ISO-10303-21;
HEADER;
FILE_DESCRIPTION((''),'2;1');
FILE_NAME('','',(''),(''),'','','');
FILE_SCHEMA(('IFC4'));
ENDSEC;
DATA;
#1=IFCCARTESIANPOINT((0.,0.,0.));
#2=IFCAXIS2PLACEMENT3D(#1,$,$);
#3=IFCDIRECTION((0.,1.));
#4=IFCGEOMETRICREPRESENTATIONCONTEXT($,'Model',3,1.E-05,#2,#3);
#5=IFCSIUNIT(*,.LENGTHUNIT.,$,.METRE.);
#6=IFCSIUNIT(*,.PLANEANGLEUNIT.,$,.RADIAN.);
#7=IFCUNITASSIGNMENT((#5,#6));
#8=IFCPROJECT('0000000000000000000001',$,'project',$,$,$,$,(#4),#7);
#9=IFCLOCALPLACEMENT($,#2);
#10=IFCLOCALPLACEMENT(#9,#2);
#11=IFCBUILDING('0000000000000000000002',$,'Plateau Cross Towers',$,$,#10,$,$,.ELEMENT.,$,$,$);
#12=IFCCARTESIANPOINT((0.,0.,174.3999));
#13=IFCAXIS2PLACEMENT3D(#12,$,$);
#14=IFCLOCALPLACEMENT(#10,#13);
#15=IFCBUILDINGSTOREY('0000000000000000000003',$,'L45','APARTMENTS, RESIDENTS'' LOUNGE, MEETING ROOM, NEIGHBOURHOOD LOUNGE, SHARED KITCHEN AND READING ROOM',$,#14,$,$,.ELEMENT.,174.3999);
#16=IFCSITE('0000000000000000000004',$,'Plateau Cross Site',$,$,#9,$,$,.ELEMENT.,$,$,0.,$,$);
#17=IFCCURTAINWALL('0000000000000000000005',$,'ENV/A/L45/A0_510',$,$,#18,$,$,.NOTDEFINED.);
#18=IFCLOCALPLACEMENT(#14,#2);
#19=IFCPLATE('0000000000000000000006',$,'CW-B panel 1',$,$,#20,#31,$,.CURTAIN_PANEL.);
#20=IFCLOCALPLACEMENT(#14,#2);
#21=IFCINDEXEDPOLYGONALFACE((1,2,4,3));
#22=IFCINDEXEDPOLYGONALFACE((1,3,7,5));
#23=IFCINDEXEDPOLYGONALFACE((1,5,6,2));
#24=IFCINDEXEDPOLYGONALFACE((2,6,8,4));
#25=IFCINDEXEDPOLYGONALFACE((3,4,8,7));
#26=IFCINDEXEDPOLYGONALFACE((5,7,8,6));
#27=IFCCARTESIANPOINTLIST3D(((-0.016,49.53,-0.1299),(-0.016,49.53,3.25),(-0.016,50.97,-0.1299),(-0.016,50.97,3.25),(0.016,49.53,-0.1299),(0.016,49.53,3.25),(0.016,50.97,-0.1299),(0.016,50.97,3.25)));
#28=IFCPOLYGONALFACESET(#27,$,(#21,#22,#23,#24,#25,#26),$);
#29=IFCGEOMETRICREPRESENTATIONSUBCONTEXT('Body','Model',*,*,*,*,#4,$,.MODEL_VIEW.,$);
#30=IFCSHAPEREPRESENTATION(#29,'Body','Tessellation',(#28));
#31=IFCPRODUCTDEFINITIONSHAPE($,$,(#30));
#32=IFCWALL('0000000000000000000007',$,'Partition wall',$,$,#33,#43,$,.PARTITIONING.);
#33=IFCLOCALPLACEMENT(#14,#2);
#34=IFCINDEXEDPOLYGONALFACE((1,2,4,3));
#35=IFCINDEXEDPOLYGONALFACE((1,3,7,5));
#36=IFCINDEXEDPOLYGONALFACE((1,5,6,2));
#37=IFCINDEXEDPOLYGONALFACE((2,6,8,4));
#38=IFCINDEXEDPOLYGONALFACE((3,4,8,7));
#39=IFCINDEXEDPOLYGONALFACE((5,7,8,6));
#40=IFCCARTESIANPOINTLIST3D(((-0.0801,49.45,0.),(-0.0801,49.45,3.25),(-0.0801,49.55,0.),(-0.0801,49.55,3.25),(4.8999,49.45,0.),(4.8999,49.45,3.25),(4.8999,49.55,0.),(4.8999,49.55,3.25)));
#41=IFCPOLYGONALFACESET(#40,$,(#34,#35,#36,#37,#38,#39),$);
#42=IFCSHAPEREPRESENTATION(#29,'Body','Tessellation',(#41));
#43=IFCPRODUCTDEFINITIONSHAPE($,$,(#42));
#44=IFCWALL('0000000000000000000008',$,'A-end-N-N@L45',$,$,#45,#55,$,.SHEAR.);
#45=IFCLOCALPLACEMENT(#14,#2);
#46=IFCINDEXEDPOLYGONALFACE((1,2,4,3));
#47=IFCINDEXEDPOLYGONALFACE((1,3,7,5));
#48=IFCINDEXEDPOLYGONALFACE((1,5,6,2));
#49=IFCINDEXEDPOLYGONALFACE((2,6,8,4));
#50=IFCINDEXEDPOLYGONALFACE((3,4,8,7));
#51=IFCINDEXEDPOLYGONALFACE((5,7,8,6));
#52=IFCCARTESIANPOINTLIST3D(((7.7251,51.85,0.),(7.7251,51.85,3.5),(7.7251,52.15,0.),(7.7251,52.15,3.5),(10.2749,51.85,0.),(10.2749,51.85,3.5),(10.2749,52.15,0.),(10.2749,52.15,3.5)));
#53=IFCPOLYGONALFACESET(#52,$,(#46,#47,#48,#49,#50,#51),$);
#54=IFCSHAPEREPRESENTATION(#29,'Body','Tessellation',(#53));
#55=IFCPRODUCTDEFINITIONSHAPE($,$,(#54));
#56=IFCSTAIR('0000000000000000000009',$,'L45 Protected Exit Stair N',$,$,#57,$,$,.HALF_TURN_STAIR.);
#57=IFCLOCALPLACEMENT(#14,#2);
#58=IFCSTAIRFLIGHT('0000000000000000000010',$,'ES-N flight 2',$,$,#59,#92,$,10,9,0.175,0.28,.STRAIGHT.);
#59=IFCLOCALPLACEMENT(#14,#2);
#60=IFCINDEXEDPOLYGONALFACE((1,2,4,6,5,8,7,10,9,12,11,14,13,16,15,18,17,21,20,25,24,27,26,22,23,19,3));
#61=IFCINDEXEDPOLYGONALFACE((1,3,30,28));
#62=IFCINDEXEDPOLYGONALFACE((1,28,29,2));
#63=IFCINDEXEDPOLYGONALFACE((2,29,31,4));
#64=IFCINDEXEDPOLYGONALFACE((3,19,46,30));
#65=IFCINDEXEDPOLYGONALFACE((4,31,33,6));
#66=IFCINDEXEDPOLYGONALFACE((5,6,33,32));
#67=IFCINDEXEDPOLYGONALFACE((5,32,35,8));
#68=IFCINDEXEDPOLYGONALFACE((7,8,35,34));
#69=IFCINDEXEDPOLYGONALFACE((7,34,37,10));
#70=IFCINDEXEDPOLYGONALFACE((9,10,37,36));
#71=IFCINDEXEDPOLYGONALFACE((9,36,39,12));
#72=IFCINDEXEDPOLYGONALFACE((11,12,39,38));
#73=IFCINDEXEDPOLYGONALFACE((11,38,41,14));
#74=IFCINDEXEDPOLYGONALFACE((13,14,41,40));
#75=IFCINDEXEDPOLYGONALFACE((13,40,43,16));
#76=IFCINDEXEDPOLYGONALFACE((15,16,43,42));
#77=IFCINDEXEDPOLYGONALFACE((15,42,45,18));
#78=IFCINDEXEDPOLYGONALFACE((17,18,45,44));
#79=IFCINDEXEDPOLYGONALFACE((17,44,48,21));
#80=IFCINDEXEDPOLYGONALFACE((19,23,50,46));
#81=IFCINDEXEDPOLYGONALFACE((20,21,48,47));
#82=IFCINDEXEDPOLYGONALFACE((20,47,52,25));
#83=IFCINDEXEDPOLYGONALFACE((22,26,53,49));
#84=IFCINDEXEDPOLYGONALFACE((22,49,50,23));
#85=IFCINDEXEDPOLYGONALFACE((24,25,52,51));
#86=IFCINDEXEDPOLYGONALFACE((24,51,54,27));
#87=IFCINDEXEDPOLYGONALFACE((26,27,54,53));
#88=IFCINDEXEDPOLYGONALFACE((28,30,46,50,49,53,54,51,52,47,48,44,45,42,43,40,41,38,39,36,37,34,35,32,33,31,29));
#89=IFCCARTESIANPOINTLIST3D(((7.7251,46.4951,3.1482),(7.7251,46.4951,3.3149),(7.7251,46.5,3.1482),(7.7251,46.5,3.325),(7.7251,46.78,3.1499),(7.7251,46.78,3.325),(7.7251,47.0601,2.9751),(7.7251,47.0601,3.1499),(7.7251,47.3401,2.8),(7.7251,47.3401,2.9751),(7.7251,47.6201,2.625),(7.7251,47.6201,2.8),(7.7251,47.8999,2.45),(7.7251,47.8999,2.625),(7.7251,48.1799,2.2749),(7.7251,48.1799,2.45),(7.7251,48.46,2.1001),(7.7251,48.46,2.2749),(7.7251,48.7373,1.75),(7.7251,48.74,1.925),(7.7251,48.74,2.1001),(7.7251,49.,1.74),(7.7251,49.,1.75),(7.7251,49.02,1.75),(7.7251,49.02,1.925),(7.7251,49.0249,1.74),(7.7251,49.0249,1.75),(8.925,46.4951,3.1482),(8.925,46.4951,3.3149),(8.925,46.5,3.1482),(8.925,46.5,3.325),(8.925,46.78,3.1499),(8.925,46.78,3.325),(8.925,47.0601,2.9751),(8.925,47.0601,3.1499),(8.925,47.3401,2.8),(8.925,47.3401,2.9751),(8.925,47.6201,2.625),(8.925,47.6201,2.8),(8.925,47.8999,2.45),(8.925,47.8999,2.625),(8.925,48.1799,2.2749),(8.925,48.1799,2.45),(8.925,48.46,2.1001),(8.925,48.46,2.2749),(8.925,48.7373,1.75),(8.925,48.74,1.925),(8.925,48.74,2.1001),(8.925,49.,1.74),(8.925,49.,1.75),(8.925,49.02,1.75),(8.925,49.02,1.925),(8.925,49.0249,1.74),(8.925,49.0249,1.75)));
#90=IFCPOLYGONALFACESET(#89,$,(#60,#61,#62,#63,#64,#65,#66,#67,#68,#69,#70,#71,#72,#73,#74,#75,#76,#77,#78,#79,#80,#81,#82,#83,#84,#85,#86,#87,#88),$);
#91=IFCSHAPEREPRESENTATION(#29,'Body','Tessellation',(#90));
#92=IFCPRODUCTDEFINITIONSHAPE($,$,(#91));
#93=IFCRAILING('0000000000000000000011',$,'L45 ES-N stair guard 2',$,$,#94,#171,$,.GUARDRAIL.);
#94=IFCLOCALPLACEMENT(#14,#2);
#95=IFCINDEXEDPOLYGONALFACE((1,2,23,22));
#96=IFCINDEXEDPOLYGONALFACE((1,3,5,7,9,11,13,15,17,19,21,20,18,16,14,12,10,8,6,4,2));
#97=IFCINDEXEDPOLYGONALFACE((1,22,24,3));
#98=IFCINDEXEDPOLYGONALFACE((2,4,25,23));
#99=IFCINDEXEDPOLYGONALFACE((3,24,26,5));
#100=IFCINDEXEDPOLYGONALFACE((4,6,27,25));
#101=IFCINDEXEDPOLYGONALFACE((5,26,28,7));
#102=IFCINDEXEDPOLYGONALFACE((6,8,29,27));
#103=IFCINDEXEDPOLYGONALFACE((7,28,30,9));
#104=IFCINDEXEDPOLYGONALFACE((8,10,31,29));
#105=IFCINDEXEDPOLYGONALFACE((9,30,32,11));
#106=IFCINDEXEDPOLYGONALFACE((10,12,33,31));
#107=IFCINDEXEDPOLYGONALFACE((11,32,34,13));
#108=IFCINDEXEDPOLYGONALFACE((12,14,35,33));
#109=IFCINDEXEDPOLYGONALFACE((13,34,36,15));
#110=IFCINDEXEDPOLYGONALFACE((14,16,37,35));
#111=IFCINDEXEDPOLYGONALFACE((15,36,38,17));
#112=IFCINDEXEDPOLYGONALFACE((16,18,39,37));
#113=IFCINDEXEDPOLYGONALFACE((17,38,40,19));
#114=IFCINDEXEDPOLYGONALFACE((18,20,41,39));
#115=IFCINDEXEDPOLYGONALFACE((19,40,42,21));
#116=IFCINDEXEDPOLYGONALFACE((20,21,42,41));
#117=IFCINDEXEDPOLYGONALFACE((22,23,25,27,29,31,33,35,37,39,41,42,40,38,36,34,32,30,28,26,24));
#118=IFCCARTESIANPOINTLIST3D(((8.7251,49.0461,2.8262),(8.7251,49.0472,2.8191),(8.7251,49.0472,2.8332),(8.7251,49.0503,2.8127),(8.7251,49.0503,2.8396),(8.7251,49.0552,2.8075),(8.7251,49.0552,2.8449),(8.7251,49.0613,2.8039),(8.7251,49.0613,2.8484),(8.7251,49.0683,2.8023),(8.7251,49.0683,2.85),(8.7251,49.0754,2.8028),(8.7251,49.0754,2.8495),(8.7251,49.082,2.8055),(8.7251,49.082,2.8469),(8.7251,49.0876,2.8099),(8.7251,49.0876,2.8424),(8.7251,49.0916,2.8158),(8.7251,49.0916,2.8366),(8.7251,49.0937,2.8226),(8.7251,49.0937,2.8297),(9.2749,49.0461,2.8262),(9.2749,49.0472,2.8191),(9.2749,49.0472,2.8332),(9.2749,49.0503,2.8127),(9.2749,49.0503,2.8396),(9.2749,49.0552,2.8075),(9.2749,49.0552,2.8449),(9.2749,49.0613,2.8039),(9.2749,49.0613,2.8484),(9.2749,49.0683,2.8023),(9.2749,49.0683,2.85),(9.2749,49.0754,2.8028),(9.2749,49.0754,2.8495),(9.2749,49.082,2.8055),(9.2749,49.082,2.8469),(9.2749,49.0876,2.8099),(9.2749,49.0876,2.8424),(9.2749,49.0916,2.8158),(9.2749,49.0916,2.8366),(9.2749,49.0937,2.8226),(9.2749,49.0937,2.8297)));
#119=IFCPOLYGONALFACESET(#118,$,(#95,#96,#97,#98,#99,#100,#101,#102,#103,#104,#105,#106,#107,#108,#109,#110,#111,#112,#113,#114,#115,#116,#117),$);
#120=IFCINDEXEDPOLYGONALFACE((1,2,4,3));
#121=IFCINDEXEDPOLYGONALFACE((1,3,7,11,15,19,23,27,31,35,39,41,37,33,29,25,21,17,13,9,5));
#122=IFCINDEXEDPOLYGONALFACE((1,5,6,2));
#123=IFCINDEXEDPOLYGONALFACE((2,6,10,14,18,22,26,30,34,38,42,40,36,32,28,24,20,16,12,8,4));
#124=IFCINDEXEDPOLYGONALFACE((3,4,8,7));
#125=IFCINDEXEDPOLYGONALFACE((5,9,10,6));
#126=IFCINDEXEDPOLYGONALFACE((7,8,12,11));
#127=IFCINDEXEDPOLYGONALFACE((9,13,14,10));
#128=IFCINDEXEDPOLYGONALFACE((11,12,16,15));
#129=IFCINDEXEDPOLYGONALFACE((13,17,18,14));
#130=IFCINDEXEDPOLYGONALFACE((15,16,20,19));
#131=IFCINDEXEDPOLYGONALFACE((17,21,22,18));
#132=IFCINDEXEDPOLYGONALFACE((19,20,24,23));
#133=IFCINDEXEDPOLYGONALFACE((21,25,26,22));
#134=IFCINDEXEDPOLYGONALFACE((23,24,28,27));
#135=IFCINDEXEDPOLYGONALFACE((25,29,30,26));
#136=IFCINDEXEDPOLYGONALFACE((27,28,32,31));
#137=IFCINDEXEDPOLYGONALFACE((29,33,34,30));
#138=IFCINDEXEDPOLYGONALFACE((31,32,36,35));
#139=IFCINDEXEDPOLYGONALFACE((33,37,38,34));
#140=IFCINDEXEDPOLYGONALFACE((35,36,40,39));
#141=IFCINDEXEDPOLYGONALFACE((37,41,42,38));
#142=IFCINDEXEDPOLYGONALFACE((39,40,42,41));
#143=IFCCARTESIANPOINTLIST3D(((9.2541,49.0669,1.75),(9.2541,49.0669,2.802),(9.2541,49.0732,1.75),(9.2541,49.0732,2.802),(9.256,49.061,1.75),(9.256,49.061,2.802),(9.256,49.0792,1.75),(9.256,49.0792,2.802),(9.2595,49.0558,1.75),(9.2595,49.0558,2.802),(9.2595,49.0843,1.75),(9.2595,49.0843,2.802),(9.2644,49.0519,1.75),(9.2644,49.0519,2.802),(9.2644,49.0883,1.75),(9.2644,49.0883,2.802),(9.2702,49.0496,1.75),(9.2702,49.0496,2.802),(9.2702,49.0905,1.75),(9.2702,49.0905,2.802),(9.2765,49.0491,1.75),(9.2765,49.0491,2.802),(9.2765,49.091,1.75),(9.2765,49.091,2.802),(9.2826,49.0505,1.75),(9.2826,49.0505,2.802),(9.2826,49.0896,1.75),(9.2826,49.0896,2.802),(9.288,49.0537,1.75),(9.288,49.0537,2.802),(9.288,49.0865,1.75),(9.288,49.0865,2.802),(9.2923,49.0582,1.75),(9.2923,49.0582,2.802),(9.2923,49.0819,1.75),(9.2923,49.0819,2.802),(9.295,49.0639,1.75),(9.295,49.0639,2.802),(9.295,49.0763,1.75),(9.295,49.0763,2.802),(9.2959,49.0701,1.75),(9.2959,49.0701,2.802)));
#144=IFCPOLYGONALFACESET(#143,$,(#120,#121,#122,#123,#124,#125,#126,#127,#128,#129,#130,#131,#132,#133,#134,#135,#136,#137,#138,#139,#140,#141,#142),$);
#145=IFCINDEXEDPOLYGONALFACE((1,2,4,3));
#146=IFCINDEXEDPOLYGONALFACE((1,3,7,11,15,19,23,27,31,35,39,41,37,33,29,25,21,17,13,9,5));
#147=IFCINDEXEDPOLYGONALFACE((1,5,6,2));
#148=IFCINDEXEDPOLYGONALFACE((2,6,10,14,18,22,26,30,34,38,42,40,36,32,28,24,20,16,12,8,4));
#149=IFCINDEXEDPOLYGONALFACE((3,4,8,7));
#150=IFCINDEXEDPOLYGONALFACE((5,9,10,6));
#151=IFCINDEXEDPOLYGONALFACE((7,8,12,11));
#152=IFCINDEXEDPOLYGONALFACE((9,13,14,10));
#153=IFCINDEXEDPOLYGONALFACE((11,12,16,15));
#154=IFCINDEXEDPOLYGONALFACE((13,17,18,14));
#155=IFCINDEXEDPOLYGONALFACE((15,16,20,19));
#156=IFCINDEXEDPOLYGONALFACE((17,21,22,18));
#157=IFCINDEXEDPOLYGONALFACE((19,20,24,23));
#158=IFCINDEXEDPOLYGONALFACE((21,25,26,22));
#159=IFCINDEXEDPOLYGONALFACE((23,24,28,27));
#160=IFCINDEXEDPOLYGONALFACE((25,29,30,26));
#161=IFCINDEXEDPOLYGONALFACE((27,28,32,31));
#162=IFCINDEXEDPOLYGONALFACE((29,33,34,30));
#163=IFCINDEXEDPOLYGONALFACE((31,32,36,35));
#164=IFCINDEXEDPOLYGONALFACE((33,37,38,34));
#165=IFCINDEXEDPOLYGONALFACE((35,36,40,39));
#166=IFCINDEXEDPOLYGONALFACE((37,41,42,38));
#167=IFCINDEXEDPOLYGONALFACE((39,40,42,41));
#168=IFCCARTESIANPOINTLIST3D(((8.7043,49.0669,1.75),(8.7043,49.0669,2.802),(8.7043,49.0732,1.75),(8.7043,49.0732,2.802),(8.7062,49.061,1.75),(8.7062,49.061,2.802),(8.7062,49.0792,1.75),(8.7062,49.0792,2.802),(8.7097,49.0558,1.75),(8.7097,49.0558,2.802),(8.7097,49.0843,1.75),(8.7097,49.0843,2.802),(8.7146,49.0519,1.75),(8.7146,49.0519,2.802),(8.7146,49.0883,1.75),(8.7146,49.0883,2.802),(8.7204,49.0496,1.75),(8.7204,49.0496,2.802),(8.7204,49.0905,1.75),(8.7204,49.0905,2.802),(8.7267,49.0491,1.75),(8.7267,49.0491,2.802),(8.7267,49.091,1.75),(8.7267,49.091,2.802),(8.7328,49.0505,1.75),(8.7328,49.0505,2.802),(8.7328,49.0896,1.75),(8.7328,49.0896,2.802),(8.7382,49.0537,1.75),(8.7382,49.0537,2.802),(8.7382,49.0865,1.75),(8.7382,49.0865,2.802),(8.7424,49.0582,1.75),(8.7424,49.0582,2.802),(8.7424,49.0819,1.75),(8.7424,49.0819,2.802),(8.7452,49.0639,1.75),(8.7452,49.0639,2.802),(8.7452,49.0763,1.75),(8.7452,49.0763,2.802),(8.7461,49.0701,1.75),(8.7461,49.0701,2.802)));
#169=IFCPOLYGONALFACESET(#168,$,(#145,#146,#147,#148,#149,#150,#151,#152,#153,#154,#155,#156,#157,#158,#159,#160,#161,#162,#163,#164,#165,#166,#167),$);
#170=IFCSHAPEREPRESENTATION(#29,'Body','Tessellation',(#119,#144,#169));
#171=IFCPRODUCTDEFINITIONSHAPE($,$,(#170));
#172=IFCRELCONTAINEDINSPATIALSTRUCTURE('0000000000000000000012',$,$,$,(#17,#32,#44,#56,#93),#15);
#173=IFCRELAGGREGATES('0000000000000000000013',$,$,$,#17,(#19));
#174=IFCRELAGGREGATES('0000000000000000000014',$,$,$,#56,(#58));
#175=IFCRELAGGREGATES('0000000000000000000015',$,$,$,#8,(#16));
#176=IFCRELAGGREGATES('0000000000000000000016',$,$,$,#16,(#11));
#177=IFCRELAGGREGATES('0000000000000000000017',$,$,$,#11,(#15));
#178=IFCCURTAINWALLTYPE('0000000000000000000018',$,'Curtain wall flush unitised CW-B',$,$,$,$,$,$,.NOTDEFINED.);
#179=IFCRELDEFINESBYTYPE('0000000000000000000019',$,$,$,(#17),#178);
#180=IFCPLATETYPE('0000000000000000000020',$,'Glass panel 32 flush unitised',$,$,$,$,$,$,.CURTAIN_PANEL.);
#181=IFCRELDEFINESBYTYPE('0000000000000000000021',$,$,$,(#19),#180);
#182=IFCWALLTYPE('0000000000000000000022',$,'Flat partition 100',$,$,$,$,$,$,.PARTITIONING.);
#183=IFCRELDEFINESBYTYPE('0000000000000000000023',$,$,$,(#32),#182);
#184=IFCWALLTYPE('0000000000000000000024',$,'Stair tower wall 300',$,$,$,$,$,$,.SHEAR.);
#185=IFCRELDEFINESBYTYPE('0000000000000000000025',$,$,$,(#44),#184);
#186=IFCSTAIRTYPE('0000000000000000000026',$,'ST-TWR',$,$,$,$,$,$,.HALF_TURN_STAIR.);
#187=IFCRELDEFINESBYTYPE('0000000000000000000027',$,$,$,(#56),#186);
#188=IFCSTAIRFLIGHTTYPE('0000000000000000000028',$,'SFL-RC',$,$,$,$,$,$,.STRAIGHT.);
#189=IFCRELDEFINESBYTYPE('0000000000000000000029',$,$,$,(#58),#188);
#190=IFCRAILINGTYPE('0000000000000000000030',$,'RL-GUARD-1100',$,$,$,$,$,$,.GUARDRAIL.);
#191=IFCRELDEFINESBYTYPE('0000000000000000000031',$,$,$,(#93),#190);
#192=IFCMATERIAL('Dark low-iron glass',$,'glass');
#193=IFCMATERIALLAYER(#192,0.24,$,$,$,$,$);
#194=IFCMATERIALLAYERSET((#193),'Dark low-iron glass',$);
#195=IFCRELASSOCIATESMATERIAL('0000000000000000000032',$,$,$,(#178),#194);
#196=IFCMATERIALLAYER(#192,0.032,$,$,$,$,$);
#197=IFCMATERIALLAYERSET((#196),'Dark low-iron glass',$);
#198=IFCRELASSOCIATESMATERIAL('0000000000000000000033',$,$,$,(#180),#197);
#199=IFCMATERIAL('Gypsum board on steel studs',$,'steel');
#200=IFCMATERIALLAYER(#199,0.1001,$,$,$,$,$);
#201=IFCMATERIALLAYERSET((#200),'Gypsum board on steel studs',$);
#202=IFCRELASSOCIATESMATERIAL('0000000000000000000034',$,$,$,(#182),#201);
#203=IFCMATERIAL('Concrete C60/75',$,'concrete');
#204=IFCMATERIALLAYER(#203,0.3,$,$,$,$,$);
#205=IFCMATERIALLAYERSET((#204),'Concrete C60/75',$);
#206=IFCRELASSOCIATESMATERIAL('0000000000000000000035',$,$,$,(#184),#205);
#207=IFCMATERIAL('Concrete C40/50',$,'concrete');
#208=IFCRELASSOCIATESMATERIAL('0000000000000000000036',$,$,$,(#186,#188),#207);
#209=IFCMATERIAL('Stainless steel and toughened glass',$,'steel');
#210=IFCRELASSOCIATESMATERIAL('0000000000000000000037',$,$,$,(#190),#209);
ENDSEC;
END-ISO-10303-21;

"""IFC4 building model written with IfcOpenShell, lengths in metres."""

from ifc_helpers import new_model, si_unit, direction, frame, frame_2d, origin, origin_2d, place, context, subcontext, project, spatial, polyline, rectangle, circle, outline, extrude, material, layer, layer_set, type_object, element, aggregate, save


model = new_model("IFC4")

# Units and contexts
model_context = context("Model", 3, precision=1e-05, world=origin(), true_north=direction((0.0, 1.0)))
body_context = subcontext(model_context, "Body", "Model", "MODEL_VIEW")
ifc_project = project(units=[si_unit("LENGTHUNIT", "METRE"), si_unit("PLANEANGLEUNIT", "RADIAN")], contexts=[model_context])

# Site, building, storey
site_placement = place(None, origin())
site = spatial("IfcSite", under=ifc_project, at=site_placement, Name="Plateau Cross Site", CompositionType="ELEMENT", RefElevation=0.0)
building_placement = place(site_placement, origin())
building = spatial("IfcBuilding", under=site, at=building_placement, Name="Plateau Cross Towers", CompositionType="ELEMENT")
storey_placement = place(building_placement, frame((0.0, 0.0, 174.3999)))
storey = spatial("IfcBuildingStorey", under=building, at=storey_placement, Name="L45", Description="APARTMENTS, RESIDENTS' LOUNGE, MEETING ROOM, NEIGHBOURHOOD LOUNGE, SHARED KITCHEN AND READING ROOM", CompositionType="ELEMENT", Elevation=174.3999)

# Shared definitions
ifc_material_1 = material(Name="Concrete C60/75", Category="concrete")

# Shared definitions
ifc_material_2 = material(Name="Dark low-iron glass", Category="glass")
ifc_layer_1 = layer(ifc_material_2, 0.24)
ifc_layer_set_1 = layer_set([ifc_layer_1], Name="Dark low-iron glass")
curtain_wall_type = type_object("IfcCurtainWallType", Name="Curtain wall flush unitised CW-B", PredefinedType="NOTDEFINED", material=ifc_layer_set_1)

# Curtain wall
curtain_wall_1_placement = place(storey_placement, origin())
curtain_wall_1 = element("IfcCurtainWall", 1, at=curtain_wall_1_placement, inside=storey, type_object=curtain_wall_type, Name="ENV/A/L45/A0_510", PredefinedType="NOTDEFINED")

# Plate
ifc_layer_2 = layer(ifc_material_2, 0.032)
ifc_layer_set_2 = layer_set([ifc_layer_2], Name="Dark low-iron glass")
plate_type = type_object("IfcPlateType", Name="Glass panel 32 flush unitised", PredefinedType="CURTAIN_PANEL", material=ifc_layer_set_2)
plate_1_placement = place(storey_placement, frame((0.0, 50.25, -0.1299), z_axis=(0.0, 0.0, 1.0), x_axis=(0.0, -1.0, 0.0)))
plate_1 = element("IfcPlate", 2, at=plate_1_placement, type_object=plate_type, Name="CW-B panel 1", PredefinedType="CURTAIN_PANEL", context=body_context, shape_type="SweptSolid", body=[
    extrude(rectangle(XDim=1.4399, YDim=0.032, at=origin_2d()), origin(), (0.0, 0.0, 1.0), 3.3799),
])
aggregate(curtain_wall_1, [plate_1])

# Walls
ifc_material_3 = material(Name="Gypsum board on steel studs", Category="steel")
ifc_layer_3 = layer(ifc_material_3, 0.1001)
ifc_layer_set_3 = layer_set([ifc_layer_3], Name="Gypsum board on steel studs")
wall_type_1 = type_object("IfcWallType", Name="Flat partition 100", PredefinedType="PARTITIONING", material=ifc_layer_set_3)
wall_1_placement = place(storey_placement, frame((4.8999, 49.5, 0.0), z_axis=(0.0, 0.0, 1.0), x_axis=(-1.0, 0.0, 0.0)))
element("IfcWall", 3, at=wall_1_placement, inside=storey, type_object=wall_type_1, Name="Partition wall", PredefinedType="PARTITIONING", context=body_context, shape_type="SweptSolid", body=[
    extrude(rectangle(XDim=4.98, YDim=0.1001, at=frame_2d((2.49, 0.0))), origin(), (0.0, 0.0, 1.0), 3.25),
])
ifc_layer_4 = layer(ifc_material_1, 0.3)
ifc_layer_set_4 = layer_set([ifc_layer_4], Name="Concrete C60/75")
wall_type_2 = type_object("IfcWallType", Name="Stair tower wall 300", PredefinedType="SHEAR", material=ifc_layer_set_4)
wall_2_placement = place(storey_placement, frame((7.7251, 52.0, 0.0), z_axis=(0.0, 0.0, 1.0), x_axis=(1.0, 0.0, 0.0)))
element("IfcWall", 4, at=wall_2_placement, inside=storey, type_object=wall_type_2, Name="A-end-N-N@L45", PredefinedType="SHEAR", context=body_context, shape_type="SweptSolid", body=[
    extrude(rectangle(XDim=2.5498, YDim=0.3, at=frame_2d((1.2749, 0.0))), origin(), (0.0, 0.0, 1.0), 3.5),
])

# Stair, stair flight
ifc_material_4 = material(Name="Concrete C40/50", Category="concrete")
stair_type = type_object("IfcStairType", Name="ST-TWR", PredefinedType="HALF_TURN_STAIR", material=ifc_material_4)
stair_placement = place(storey_placement, origin())
stair = element("IfcStair", 5, at=stair_placement, inside=storey, type_object=stair_type, Name="L45 Protected Exit Stair N", PredefinedType="HALF_TURN_STAIR")
stair_flight_type = type_object("IfcStairFlightType", Name="SFL-RC", PredefinedType="STRAIGHT", material=ifc_material_4)
stair_flight_placement = place(storey_placement, frame((8.325, 49.02, 1.75), z_axis=(0.0, 0.0, 1.0), x_axis=(0.0, -1.0, 0.0)))
stair_flight = element("IfcStairFlight", 6, at=stair_flight_placement, type_object=stair_flight_type, Name="ES-N flight 2", NumberOfRisers=10, NumberOfTreads=9, PredefinedType="STRAIGHT", RiserHeight=0.175, TreadLength=0.28, context=body_context, shape_type="SweptSolid", body=[
    extrude(outline(polyline([(-0.0049, -0.01), (-0.0049, 0.0), (0.0, 0.0), (0.0, 0.175), (0.28, 0.175), (0.28, 0.3501), (0.5601, 0.3501), (0.5601, 0.5249), (0.8401, 0.5249), (0.8401, 0.7), (1.1201, 0.7), (1.1201, 0.875), (1.3999, 0.875), (1.3999, 1.05), (1.6799, 1.05), (1.6799, 1.2251), (1.96, 1.2251), (1.96, 1.3999), (2.24, 1.3999), (2.24, 1.575), (2.52, 1.575), (2.5249, 1.5649), (2.5249, 1.3982), (2.52, 1.3982), (0.2827, 0.0), (0.02, 0.0), (0.02, -0.01), (-0.0049, -0.01)])), frame((0.0, 0.6001, 0.0), z_axis=(0.0, -1.0, 0.0), x_axis=(1.0, 0.0, 0.0)), (0.0, 0.0, 1.0), 1.2),
])
aggregate(stair, [stair_flight])

# Railing
ifc_material_5 = material(Name="Stainless steel and toughened glass", Category="steel")
railing_type_1 = type_object("IfcRailingType", Name="RL-GUARD-1100", PredefinedType="GUARDRAIL", material=ifc_material_5)
railing_1_placement = place(storey_placement, frame((9.2749, 49.0701, 1.75)))
element("IfcRailing", 7, at=railing_1_placement, inside=storey, type_object=railing_type_1, Name="L45 ES-N stair guard 2", PredefinedType="GUARDRAIL", context=body_context, shape_type="SweptSolid", body=[
    extrude(circle(Radius=0.0239, at=origin_2d()), frame((0.0, 0.0, 1.0762), z_axis=(-1.0, 0.0, 0.0), x_axis=(0.0, -1.0, 0.0)), (0.0, 0.0, 1.0), 0.5498),
    extrude(circle(Radius=0.021, at=origin_2d()), origin(), (0.0, 0.0, 1.0), 1.052),
    extrude(circle(Radius=0.021, at=origin_2d()), frame((-0.5498, 0.0, 0.0)), (0.0, 0.0, 1.0), 1.052),
])

save(model, "model.ifc")
